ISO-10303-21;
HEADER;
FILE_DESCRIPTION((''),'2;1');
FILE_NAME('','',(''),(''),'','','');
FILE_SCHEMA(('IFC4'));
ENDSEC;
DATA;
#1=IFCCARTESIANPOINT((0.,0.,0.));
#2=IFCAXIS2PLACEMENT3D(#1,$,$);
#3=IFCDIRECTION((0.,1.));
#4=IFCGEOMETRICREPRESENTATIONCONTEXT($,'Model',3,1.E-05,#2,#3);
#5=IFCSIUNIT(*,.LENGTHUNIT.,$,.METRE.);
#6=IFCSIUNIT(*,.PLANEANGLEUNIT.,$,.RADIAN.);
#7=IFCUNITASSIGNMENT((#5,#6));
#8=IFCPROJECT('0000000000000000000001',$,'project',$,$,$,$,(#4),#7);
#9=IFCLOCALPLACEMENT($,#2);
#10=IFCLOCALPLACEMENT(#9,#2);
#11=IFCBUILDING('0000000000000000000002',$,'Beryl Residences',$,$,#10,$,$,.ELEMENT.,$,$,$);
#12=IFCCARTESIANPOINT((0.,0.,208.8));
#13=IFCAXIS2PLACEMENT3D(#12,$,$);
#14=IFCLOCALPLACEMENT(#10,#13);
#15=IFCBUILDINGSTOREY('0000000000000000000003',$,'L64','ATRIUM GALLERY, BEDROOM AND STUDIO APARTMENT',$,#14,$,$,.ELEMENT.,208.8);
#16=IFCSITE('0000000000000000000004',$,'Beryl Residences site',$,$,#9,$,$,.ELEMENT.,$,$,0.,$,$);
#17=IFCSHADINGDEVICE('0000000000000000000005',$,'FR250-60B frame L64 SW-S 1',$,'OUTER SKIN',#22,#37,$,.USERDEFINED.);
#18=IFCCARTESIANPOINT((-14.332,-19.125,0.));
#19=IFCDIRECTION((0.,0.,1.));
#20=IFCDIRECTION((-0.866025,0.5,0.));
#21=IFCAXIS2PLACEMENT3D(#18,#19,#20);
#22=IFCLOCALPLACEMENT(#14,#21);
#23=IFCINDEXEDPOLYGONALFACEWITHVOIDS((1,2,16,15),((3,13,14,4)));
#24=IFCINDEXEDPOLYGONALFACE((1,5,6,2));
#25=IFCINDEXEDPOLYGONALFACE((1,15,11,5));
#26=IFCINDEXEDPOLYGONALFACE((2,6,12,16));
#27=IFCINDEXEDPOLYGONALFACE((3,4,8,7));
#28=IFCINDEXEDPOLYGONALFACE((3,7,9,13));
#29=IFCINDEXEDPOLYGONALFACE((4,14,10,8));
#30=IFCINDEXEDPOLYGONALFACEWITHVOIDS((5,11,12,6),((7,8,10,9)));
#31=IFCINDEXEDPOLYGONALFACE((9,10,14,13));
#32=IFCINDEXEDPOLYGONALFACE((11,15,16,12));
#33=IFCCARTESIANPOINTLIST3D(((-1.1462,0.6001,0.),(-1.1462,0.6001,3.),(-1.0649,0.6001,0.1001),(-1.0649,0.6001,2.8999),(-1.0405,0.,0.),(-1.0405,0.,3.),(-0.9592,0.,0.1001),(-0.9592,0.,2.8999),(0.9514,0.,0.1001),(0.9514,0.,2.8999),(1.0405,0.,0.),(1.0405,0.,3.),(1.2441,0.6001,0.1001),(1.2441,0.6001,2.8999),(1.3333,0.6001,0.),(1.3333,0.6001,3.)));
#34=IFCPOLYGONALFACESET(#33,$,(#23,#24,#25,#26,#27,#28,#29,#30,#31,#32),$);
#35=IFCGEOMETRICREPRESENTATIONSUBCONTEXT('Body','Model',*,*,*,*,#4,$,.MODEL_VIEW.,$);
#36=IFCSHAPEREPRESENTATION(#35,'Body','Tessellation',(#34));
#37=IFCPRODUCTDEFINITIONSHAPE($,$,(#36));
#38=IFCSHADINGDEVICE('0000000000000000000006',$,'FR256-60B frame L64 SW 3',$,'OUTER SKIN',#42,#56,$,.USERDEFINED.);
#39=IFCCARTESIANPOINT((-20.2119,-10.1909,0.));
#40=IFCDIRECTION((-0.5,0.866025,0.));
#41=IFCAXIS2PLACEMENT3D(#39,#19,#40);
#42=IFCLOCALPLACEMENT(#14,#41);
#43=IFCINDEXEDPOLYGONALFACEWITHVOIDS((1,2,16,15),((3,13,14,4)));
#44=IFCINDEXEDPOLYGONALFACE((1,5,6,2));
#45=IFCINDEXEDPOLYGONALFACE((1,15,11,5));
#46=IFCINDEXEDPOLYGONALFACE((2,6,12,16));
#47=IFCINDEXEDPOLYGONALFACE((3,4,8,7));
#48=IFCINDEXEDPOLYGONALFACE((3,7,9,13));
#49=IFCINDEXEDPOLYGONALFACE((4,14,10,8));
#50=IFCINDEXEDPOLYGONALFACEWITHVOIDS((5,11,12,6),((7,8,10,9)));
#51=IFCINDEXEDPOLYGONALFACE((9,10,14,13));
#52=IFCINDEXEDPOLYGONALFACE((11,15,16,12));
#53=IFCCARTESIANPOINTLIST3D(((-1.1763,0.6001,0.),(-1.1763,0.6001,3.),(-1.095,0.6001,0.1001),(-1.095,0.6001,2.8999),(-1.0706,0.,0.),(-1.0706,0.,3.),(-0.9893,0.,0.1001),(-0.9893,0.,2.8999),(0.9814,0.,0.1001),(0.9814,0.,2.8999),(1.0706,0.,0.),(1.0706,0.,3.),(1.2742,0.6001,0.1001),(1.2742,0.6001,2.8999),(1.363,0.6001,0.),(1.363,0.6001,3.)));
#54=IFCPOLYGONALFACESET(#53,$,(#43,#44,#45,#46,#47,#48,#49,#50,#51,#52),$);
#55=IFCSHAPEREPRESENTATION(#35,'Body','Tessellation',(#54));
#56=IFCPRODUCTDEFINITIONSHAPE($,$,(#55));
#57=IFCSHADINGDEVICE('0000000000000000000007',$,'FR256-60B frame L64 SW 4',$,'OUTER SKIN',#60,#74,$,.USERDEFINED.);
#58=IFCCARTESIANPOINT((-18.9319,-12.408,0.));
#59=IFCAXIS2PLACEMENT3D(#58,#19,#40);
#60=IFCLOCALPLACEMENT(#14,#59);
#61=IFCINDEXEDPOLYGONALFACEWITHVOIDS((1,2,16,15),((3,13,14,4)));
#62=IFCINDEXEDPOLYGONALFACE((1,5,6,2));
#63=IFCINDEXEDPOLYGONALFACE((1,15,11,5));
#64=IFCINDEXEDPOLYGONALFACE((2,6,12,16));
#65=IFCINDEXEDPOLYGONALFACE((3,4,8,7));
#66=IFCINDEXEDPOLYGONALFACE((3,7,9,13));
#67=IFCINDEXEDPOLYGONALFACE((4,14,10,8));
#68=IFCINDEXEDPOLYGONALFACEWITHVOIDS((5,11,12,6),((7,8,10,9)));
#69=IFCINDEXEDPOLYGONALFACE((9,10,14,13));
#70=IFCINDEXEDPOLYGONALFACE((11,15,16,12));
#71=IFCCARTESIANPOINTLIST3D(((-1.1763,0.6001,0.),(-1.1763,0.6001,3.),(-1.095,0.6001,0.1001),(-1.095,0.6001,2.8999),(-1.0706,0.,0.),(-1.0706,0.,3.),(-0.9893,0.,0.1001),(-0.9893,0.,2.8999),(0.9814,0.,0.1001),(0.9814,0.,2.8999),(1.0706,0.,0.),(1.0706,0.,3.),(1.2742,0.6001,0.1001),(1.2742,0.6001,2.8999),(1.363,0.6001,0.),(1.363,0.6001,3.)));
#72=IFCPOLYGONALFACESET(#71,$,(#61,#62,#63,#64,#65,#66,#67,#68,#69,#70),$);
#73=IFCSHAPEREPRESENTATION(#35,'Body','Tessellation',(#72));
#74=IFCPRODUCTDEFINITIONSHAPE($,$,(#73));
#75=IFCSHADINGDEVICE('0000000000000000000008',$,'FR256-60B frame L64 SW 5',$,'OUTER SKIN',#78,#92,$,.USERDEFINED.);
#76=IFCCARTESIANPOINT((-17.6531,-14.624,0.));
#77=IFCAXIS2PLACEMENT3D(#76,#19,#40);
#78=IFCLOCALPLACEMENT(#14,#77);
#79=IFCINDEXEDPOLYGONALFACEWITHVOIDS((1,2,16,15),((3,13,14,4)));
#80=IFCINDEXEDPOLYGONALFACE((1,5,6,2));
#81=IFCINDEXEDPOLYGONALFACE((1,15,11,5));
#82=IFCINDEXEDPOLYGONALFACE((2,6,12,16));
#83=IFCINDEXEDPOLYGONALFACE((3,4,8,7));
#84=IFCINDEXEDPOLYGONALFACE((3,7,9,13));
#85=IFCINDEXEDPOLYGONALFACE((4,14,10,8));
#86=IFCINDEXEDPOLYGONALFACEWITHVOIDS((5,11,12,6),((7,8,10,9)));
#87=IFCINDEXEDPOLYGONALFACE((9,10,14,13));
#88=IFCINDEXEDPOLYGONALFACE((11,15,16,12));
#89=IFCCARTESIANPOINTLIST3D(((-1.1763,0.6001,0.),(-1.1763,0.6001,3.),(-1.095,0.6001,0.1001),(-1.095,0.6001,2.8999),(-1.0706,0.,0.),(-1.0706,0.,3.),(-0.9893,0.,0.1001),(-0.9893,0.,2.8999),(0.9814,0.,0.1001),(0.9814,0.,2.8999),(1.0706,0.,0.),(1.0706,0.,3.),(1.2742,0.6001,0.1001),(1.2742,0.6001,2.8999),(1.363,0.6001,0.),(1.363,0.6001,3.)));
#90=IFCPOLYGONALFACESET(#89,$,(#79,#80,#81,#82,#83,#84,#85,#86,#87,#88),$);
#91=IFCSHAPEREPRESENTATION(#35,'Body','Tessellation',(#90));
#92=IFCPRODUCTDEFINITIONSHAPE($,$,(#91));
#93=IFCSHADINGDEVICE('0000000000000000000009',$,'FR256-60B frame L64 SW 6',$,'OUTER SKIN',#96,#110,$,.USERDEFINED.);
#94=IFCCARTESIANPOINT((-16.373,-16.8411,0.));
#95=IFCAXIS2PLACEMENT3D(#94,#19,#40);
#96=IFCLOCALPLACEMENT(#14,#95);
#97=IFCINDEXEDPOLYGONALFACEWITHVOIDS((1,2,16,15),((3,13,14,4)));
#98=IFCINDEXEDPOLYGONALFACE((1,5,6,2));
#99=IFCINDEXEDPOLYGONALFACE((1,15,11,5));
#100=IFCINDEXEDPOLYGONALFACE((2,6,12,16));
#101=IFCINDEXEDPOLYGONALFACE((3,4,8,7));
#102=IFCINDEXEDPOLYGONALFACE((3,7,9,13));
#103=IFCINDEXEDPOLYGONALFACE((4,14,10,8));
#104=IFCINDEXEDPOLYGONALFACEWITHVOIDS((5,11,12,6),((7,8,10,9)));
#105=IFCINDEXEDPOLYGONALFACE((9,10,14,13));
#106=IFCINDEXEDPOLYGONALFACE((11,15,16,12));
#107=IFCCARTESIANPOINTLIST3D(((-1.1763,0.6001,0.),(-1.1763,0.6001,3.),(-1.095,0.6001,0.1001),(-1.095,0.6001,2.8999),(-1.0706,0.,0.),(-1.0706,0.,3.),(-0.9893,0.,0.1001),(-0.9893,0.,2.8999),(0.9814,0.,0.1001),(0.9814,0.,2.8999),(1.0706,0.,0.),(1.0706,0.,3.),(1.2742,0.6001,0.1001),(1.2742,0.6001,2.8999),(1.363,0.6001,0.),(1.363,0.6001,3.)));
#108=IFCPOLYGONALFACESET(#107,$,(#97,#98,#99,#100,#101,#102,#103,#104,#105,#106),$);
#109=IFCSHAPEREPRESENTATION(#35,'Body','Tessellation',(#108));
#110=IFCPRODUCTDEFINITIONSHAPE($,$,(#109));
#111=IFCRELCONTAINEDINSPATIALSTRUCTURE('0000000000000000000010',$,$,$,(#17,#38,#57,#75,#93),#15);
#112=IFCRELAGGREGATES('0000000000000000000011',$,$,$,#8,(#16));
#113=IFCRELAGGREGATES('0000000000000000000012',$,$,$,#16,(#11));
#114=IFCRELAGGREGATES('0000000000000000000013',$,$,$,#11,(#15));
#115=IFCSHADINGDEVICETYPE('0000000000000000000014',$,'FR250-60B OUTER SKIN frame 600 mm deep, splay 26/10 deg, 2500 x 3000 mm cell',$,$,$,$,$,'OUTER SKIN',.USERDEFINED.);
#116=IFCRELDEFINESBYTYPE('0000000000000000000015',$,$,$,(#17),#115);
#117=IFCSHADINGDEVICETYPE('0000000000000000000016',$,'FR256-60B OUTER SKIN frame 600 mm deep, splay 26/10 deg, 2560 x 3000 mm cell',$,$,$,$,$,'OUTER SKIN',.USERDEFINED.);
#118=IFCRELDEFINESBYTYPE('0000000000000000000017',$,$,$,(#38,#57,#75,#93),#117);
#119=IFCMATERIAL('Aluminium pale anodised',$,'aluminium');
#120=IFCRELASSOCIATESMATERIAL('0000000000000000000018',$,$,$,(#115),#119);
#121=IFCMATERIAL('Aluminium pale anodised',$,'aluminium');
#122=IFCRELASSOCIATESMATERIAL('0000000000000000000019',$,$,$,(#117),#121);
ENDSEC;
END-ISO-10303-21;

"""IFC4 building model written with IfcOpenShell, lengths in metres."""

from ifc_helpers import new_model, entity, si_unit, direction, frame, origin, place, context, subcontext, project, spatial, source, transform, mapped, material, type_object, type_shapes, element, save


model = new_model("IFC4")

# Units and contexts
model_context = context("Model", 3, precision=1e-05, world=origin(), true_north=direction((0.0, 1.0)))
body_context = subcontext(model_context, "Body", "Model", "MODEL_VIEW")
ifc_project = project(units=[si_unit("LENGTHUNIT", "METRE"), si_unit("PLANEANGLEUNIT", "RADIAN")], contexts=[model_context])

# Site, building, storey
site_placement = place(None, origin())
site = spatial("IfcSite", under=ifc_project, at=site_placement, Name="Beryl Residences site", CompositionType="ELEMENT", RefElevation=0.0)
building_placement = place(site_placement, origin())
building = spatial("IfcBuilding", under=site, at=building_placement, Name="Beryl Residences", CompositionType="ELEMENT")
storey_placement = place(building_placement, frame((0.0, 0.0, 208.8)))
storey = spatial("IfcBuildingStorey", under=building, at=storey_placement, Name="L64", Description="ATRIUM GALLERY, BEDROOM AND STUDIO APARTMENT", CompositionType="ELEMENT", Elevation=208.8)

# Shading devices
ifc_material_1 = material(Name="Aluminium pale anodised", Category="aluminium")
shading_device_type_1 = type_object("IfcShadingDeviceType", Name="FR250-60B OUTER SKIN frame 600 mm deep, splay 26/10 deg, 2500 x 3000 mm cell", ElementType="OUTER SKIN", PredefinedType="USERDEFINED", material=ifc_material_1)
cartesian_point_1 = entity("IfcCartesianPoint", [-1.0405, 0.0])
cartesian_point_2 = entity("IfcCartesianPoint", [-0.9514, 0.1001])
cartesian_point_3 = entity("IfcCartesianPoint", [-1.3333, 0.0])
cartesian_point_4 = entity("IfcCartesianPoint", [-1.2441, 0.1001])
shared_shape_1 = source(origin(), body_context, "Body", "SweptSolid", [
    entity("IfcExtrudedAreaSolidTapered", entity("IfcArbitraryProfileDefWithVoids", "AREA", None, entity("IfcPolyline", [cartesian_point_1, entity("IfcCartesianPoint", [1.0405, 0.0]), entity("IfcCartesianPoint", [1.0405, 3.0]), entity("IfcCartesianPoint", [-1.0405, 3.0]), cartesian_point_1]), [entity("IfcPolyline", [cartesian_point_2, entity("IfcCartesianPoint", [0.9592, 0.1001]), entity("IfcCartesianPoint", [0.9592, 2.8999]), entity("IfcCartesianPoint", [-0.9514, 2.8999]), cartesian_point_2])]), entity("IfcAxis2Placement3D", entity("IfcCartesianPoint", [0.0, 0.0, 0.0]), entity("IfcDirection", [0.0, 1.0, 0.0]), entity("IfcDirection", [-1.0, 0.0, 0.0])), entity("IfcDirection", [0.0, 0.0, 1.0]), 0.6001, entity("IfcArbitraryProfileDefWithVoids", "AREA", None, entity("IfcPolyline", [cartesian_point_3, entity("IfcCartesianPoint", [1.1462, 0.0]), entity("IfcCartesianPoint", [1.1462, 3.0]), entity("IfcCartesianPoint", [-1.3333, 3.0]), cartesian_point_3]), [entity("IfcPolyline", [cartesian_point_4, entity("IfcCartesianPoint", [1.0649, 0.1001]), entity("IfcCartesianPoint", [1.0649, 2.8999]), entity("IfcCartesianPoint", [-1.2441, 2.8999]), cartesian_point_4])])),
])
type_shapes(shading_device_type_1, [shared_shape_1])
shading_device_placement = place(storey_placement, frame((-14.332, -19.125, 0.0), z_axis=(0.0, 0.0, 1.0), x_axis=(-0.866025, 0.5, 0.0)))
element("IfcShadingDevice", 1, at=shading_device_placement, inside=storey, type_object=shading_device_type_1, Name="FR250-60B frame L64 SW-S 1", ObjectType="OUTER SKIN", PredefinedType="USERDEFINED", context=body_context, shape_type="MappedRepresentation", body=[
    mapped(shared_shape_1, transform((0.0, 0.0, 0.0))),
])
ifc_material_2 = material(Name="Aluminium pale anodised", Category="aluminium")
shading_device_type_2 = type_object("IfcShadingDeviceType", Name="FR256-60B OUTER SKIN frame 600 mm deep, splay 26/10 deg, 2560 x 3000 mm cell", ElementType="OUTER SKIN", PredefinedType="USERDEFINED", material=ifc_material_2)
cartesian_point_5 = entity("IfcCartesianPoint", [-1.0706, 0.0])
cartesian_point_6 = entity("IfcCartesianPoint", [-0.9814, 0.1001])
cartesian_point_7 = entity("IfcCartesianPoint", [-1.363, 0.0])
cartesian_point_8 = entity("IfcCartesianPoint", [-1.2742, 0.1001])
shared_shape_2 = source(origin(), body_context, "Body", "SweptSolid", [
    entity("IfcExtrudedAreaSolidTapered", entity("IfcArbitraryProfileDefWithVoids", "AREA", None, entity("IfcPolyline", [cartesian_point_5, entity("IfcCartesianPoint", [1.0706, 0.0]), entity("IfcCartesianPoint", [1.0706, 3.0]), entity("IfcCartesianPoint", [-1.0706, 3.0]), cartesian_point_5]), [entity("IfcPolyline", [cartesian_point_6, entity("IfcCartesianPoint", [0.9893, 0.1001]), entity("IfcCartesianPoint", [0.9893, 2.8999]), entity("IfcCartesianPoint", [-0.9814, 2.8999]), cartesian_point_6])]), entity("IfcAxis2Placement3D", entity("IfcCartesianPoint", [0.0, 0.0, 0.0]), entity("IfcDirection", [0.0, 1.0, 0.0]), entity("IfcDirection", [-1.0, 0.0, 0.0])), entity("IfcDirection", [0.0, 0.0, 1.0]), 0.6001, entity("IfcArbitraryProfileDefWithVoids", "AREA", None, entity("IfcPolyline", [cartesian_point_7, entity("IfcCartesianPoint", [1.1763, 0.0]), entity("IfcCartesianPoint", [1.1763, 3.0]), entity("IfcCartesianPoint", [-1.363, 3.0]), cartesian_point_7]), [entity("IfcPolyline", [cartesian_point_8, entity("IfcCartesianPoint", [1.095, 0.1001]), entity("IfcCartesianPoint", [1.095, 2.8999]), entity("IfcCartesianPoint", [-1.2742, 2.8999]), cartesian_point_8])])),
])
type_shapes(shading_device_type_2, [shared_shape_2])
for number, where, z_axis, x_axis, name in (
    (2, (-20.2119, -10.1909, 0.0), (0.0, 0.0, 1.0), (-0.5, 0.866025, 0.0), "FR256-60B frame L64 SW 3"),
    (3, (-18.9319, -12.408, 0.0), (0.0, 0.0, 1.0), (-0.5, 0.866025, 0.0), "FR256-60B frame L64 SW 4"),
    (4, (-17.6531, -14.624, 0.0), (0.0, 0.0, 1.0), (-0.5, 0.866025, 0.0), "FR256-60B frame L64 SW 5"),
    (5, (-16.373, -16.8411, 0.0), (0.0, 0.0, 1.0), (-0.5, 0.866025, 0.0), "FR256-60B frame L64 SW 6"),
):
    element("IfcShadingDevice", number, at=place(storey_placement, frame(where, z_axis=z_axis, x_axis=x_axis)), inside=storey, type_object=shading_device_type_2, Name=name, ObjectType="OUTER SKIN", PredefinedType="USERDEFINED", context=body_context, shape_type="MappedRepresentation", body=[
        mapped(shared_shape_2, transform((0.0, 0.0, 0.0))),
    ])

save(model, "model.ifc")
